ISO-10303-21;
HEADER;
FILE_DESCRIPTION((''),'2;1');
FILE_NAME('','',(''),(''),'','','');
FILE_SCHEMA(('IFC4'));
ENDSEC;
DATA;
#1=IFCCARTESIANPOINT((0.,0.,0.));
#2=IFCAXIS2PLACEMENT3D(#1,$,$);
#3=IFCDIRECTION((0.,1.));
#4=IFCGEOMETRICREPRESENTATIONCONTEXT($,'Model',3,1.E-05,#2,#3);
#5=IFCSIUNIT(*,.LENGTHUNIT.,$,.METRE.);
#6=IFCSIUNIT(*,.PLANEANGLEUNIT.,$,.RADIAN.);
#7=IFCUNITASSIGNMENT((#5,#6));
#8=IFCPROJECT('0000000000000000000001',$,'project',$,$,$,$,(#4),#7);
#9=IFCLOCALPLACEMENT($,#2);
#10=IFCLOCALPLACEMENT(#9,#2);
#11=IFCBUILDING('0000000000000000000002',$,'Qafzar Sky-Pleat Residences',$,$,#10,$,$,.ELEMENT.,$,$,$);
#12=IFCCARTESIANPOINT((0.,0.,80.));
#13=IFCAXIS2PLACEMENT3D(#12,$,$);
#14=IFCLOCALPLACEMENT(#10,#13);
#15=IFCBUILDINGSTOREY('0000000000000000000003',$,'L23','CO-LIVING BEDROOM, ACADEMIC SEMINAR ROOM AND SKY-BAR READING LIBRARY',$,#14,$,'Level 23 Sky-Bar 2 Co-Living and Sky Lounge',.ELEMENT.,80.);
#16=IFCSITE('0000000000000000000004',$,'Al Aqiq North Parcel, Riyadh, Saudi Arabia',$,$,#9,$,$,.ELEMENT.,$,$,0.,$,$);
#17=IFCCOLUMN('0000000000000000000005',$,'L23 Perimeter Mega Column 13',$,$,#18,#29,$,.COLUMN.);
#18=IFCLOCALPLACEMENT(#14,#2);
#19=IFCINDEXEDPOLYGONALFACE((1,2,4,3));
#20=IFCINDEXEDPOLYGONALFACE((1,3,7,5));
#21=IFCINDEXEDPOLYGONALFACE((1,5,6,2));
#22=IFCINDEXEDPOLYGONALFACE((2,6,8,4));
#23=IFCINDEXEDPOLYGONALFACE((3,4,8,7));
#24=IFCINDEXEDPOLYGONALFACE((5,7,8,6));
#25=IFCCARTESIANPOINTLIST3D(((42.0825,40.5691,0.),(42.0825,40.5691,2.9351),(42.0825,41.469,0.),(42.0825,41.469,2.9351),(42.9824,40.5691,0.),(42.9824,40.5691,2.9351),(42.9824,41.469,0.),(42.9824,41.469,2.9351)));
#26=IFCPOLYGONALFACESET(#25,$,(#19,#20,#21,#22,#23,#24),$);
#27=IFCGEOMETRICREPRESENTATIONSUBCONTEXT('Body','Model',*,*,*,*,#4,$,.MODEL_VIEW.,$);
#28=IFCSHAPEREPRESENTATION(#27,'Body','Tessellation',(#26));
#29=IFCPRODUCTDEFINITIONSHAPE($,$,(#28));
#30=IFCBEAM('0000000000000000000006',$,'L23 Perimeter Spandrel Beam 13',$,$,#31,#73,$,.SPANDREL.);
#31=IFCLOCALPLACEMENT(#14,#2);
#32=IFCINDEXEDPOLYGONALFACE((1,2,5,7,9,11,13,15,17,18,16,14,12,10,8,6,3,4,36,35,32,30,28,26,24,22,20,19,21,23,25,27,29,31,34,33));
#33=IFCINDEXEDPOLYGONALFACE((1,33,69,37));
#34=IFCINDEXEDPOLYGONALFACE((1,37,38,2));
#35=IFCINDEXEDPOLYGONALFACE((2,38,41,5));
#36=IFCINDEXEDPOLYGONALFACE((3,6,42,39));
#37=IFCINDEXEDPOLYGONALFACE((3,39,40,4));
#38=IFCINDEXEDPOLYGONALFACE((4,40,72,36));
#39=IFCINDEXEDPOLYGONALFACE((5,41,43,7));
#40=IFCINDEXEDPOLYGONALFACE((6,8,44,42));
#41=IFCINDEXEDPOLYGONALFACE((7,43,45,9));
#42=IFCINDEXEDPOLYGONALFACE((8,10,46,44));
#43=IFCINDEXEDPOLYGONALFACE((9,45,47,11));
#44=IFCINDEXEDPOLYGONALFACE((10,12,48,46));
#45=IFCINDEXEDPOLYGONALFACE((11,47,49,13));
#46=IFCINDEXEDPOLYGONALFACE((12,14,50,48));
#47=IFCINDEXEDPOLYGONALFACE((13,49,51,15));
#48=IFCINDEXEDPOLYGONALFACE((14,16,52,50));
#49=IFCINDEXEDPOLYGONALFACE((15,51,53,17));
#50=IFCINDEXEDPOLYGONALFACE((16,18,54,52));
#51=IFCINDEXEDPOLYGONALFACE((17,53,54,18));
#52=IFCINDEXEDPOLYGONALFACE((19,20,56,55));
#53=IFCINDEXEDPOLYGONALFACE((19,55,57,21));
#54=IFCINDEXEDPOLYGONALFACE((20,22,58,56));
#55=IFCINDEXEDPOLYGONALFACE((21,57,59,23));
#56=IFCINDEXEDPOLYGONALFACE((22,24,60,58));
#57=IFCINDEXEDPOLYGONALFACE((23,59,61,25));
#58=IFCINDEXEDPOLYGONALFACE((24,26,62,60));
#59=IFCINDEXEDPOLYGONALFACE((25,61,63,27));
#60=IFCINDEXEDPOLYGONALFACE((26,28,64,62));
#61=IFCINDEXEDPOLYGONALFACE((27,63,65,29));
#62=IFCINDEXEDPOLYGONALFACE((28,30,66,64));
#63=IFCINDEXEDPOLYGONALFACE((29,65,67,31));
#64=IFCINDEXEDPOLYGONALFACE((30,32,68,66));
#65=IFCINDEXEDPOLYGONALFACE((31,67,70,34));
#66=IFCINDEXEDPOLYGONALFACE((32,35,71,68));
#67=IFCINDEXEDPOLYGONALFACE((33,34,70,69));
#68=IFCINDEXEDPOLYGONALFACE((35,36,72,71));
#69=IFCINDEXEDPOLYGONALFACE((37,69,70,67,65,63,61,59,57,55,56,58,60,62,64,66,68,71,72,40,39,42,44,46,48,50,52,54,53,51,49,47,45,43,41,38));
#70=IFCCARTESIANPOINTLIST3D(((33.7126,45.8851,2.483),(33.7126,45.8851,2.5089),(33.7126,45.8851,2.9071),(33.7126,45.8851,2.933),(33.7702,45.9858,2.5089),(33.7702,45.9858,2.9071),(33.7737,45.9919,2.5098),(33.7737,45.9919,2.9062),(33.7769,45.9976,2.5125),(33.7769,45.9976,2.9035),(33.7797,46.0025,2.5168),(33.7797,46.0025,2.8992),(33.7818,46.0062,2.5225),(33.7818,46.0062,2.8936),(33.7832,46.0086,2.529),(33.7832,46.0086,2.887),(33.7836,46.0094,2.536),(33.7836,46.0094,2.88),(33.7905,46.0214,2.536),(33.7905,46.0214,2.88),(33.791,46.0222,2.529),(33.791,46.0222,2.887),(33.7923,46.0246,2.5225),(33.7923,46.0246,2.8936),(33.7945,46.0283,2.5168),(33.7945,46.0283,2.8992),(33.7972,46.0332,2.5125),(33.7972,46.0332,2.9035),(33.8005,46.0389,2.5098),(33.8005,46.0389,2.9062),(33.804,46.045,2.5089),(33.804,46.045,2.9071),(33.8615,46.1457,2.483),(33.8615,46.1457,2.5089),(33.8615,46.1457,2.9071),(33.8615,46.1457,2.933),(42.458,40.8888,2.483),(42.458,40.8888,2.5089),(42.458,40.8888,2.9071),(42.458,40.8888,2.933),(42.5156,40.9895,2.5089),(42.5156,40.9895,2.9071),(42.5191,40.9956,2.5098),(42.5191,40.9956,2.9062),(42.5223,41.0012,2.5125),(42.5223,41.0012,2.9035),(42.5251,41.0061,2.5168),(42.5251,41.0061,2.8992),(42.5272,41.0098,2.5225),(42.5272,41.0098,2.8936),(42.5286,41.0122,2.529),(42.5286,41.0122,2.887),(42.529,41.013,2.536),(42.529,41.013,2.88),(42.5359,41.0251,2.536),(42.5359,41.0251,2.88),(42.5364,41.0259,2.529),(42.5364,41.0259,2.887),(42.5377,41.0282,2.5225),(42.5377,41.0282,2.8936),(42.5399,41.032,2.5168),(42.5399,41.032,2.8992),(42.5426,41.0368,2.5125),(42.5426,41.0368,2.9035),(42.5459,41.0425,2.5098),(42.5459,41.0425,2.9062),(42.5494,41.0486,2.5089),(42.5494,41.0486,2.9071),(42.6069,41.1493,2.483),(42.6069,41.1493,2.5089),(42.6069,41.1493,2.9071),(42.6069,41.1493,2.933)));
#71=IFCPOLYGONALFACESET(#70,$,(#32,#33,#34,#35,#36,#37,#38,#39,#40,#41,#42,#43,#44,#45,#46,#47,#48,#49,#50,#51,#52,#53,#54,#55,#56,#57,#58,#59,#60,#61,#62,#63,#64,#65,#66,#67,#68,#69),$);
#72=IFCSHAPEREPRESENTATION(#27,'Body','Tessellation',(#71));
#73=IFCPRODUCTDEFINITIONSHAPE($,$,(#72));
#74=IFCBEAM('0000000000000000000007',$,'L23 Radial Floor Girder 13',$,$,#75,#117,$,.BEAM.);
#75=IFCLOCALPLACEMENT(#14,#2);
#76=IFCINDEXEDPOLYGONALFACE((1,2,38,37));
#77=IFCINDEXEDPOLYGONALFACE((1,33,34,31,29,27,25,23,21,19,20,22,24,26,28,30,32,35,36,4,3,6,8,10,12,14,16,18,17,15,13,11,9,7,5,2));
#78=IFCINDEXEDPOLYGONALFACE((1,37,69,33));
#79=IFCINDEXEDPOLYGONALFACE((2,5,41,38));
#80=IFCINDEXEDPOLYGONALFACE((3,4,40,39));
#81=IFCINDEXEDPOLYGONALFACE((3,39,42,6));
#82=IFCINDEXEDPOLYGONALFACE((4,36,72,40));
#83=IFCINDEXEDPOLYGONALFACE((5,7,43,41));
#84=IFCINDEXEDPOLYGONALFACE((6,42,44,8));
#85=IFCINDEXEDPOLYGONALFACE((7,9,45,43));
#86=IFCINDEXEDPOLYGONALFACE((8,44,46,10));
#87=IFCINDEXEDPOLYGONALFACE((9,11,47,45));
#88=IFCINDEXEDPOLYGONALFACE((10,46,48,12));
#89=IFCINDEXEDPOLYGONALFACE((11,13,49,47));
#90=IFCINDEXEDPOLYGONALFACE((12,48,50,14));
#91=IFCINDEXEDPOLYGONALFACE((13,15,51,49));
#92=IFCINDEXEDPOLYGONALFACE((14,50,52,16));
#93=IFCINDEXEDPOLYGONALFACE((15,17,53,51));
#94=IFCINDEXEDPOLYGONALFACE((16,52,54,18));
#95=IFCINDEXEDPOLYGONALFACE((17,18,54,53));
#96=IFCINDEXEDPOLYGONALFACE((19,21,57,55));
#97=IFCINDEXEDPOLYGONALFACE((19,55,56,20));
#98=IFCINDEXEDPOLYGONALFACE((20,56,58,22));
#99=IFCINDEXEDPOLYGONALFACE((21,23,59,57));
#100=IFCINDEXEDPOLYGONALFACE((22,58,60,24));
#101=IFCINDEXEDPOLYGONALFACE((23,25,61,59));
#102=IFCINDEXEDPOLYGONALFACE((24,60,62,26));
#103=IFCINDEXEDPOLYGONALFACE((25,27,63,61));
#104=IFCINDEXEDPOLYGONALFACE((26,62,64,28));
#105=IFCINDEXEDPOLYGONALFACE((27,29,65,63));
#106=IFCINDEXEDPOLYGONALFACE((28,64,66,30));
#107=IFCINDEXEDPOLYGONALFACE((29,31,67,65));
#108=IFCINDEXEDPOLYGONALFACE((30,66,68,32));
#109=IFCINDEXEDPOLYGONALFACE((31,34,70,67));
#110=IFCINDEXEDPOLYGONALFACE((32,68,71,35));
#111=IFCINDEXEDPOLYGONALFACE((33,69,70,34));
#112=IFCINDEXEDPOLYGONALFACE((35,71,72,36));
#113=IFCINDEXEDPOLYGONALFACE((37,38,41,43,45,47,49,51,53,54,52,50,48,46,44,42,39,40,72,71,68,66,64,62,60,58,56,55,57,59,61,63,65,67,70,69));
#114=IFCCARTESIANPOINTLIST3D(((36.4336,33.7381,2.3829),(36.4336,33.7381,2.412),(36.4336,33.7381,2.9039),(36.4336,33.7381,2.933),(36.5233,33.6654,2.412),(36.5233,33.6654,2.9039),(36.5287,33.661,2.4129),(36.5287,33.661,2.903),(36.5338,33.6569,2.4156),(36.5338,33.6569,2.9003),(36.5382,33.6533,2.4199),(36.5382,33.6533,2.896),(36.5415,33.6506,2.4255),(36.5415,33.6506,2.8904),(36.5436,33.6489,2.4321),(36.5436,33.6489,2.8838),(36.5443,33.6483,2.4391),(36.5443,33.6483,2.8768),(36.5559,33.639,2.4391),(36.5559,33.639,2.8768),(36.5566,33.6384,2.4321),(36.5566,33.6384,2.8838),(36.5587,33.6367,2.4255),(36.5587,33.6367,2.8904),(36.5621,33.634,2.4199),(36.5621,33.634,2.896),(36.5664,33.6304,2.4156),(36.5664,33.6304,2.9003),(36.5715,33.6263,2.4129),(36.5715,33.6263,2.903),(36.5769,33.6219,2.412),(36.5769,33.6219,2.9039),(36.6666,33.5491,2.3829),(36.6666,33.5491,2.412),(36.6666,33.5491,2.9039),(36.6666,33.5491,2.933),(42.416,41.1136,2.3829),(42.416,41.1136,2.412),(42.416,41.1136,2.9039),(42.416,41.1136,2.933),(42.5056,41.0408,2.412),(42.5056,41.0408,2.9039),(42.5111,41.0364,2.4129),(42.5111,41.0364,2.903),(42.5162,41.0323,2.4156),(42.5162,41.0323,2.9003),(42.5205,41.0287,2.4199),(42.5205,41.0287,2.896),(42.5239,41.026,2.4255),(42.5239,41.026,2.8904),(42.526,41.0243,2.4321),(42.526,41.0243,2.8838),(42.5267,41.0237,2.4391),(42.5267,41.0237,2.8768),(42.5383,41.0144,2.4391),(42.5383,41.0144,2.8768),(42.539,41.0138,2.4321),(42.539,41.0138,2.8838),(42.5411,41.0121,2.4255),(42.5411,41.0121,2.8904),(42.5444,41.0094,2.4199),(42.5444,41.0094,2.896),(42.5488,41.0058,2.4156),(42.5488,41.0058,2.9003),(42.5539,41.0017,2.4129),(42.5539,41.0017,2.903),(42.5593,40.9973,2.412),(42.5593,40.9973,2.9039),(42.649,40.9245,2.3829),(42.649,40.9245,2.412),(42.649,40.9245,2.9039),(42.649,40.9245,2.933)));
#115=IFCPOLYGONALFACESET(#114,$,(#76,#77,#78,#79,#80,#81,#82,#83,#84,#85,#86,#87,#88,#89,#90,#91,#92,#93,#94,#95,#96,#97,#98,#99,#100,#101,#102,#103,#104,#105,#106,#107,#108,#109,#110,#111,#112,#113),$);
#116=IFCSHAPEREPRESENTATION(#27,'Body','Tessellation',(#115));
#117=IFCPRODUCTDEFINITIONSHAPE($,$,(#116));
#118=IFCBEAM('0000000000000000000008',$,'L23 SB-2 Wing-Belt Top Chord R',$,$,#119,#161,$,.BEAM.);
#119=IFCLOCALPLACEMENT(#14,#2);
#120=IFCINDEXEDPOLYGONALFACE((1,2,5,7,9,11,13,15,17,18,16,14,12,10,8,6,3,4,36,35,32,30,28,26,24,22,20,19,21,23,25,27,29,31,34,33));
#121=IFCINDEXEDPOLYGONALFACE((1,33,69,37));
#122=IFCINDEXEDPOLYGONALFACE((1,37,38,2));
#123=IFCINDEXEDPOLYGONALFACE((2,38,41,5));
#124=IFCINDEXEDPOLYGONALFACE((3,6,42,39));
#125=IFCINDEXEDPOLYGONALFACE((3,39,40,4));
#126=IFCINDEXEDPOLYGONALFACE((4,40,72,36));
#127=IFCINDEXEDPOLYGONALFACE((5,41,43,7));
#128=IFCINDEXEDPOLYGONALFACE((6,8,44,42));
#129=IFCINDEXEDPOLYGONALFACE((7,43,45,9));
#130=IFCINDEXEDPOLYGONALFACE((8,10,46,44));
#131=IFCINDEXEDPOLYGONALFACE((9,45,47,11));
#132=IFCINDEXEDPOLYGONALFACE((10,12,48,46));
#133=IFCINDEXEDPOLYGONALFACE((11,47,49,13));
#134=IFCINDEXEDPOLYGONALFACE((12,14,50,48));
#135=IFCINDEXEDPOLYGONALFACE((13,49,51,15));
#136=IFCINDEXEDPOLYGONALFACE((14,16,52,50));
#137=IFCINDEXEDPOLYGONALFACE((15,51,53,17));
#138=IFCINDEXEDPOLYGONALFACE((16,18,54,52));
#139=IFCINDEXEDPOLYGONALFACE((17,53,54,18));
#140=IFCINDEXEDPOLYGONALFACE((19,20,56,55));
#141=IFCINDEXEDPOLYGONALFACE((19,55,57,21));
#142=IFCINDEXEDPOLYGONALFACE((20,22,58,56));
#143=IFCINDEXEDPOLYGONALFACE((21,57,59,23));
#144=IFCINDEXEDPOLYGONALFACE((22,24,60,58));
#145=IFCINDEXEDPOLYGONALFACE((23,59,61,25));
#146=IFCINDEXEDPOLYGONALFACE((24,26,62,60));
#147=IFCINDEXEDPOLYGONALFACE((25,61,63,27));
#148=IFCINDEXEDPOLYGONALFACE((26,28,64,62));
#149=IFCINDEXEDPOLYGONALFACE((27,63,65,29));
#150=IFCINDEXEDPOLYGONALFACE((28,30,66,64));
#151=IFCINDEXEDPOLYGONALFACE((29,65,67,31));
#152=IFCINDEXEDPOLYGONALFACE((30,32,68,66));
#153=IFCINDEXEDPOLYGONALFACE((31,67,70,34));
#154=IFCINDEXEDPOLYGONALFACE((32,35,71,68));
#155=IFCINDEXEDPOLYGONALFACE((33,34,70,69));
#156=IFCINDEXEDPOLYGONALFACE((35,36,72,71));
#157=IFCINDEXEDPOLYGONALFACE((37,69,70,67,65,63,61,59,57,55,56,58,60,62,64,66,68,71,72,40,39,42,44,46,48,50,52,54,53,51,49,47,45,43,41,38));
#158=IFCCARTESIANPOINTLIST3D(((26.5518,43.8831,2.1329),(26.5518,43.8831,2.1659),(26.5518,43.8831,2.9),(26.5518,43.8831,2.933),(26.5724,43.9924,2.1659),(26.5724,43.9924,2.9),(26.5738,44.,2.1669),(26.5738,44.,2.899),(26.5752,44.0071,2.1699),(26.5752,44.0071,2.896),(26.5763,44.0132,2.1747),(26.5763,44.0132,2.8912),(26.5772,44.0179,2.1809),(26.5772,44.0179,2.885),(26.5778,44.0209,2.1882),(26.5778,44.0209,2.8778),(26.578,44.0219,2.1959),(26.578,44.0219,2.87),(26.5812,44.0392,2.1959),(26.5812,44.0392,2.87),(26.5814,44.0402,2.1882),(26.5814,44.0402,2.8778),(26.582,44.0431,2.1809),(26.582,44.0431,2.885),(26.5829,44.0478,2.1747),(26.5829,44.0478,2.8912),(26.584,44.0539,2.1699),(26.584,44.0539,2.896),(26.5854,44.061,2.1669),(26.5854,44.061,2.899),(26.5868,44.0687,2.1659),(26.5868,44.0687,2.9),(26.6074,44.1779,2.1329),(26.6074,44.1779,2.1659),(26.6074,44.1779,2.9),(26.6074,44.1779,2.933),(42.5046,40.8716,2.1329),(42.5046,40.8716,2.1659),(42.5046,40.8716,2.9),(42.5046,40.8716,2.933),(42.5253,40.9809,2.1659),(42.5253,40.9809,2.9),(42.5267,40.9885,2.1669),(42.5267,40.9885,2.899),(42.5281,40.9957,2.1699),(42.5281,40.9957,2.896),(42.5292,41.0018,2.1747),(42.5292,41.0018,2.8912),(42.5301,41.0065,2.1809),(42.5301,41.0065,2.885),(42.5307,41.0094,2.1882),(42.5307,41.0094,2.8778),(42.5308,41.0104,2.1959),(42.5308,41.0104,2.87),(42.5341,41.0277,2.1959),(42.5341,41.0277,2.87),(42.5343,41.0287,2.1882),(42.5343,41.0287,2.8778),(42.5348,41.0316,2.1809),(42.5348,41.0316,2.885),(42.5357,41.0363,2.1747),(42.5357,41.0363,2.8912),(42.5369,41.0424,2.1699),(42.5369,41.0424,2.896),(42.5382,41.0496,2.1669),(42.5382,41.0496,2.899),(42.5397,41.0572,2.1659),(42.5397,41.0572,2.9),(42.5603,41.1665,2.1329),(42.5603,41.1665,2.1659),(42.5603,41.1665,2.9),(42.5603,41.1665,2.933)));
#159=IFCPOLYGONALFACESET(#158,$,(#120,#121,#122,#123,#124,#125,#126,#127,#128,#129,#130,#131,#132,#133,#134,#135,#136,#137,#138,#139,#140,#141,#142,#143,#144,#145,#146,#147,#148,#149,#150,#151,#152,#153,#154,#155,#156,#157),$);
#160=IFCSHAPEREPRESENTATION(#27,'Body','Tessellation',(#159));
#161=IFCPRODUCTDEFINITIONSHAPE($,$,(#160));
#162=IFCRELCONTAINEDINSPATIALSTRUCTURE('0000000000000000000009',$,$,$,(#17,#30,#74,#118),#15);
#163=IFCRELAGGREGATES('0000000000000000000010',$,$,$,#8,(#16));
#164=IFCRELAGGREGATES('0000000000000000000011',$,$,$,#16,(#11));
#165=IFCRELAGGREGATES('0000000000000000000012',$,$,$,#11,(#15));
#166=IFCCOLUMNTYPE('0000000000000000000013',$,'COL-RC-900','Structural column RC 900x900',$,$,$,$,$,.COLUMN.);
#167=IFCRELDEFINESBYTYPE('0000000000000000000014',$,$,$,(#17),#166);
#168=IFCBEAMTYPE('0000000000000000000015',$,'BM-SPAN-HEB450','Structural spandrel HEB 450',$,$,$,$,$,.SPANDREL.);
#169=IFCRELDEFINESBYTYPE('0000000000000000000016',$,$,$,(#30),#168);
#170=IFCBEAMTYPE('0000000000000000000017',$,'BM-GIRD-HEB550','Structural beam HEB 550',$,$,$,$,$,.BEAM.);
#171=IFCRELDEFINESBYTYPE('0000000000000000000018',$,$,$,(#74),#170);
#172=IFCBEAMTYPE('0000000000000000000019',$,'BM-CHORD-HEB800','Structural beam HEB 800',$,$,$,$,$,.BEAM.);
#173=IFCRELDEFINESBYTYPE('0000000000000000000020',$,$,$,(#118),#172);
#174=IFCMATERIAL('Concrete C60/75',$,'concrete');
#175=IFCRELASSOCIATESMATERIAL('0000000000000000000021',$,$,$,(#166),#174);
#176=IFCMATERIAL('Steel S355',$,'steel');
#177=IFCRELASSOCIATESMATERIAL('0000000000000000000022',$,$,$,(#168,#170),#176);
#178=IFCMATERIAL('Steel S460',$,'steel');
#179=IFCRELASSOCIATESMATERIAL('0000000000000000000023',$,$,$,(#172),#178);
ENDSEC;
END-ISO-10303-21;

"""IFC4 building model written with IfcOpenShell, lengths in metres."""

from ifc_helpers import new_model, si_unit, direction, frame, origin, origin_2d, place, context, subcontext, project, spatial, rectangle, i_section, extrude, source, transform, mapped, material, material_profile, profile_set, type_object, element, save


model = new_model("IFC4")

# Units and contexts
model_context = context("Model", 3, precision=1e-05, world=origin(), true_north=direction((0.0, 1.0)))
body_context = subcontext(model_context, "Body", "Model", "MODEL_VIEW")
ifc_project = project(units=[si_unit("LENGTHUNIT", "METRE"), si_unit("PLANEANGLEUNIT", "RADIAN")], contexts=[model_context])

# Site, building, storey
site_placement = place(None, origin())
site = spatial("IfcSite", under=ifc_project, at=site_placement, Name="Al Aqiq North Parcel, Riyadh, Saudi Arabia", CompositionType="ELEMENT", RefElevation=0.0)
building_placement = place(site_placement, origin())
building = spatial("IfcBuilding", under=site, at=building_placement, Name="Qafzar Sky-Pleat Residences", CompositionType="ELEMENT")
storey_placement = place(building_placement, frame((0.0, 0.0, 80.0)))
storey = spatial("IfcBuildingStorey", under=building, at=storey_placement, Name="L23", Description="CO-LIVING BEDROOM, ACADEMIC SEMINAR ROOM AND SKY-BAR READING LIBRARY", LongName="Level 23 Sky-Bar 2 Co-Living and Sky Lounge", CompositionType="ELEMENT", Elevation=80.0)

# Column
ifc_material_1 = material(Name="Concrete C60/75", Category="concrete")
ifc_material_profile_1 = material_profile(ifc_material_1, rectangle(XDim=0.8999, YDim=0.8999, at=origin_2d()), Name="RC 900x900")
ifc_profile_set_1 = profile_set([ifc_material_profile_1], Name="Concrete C60/75")
column_type = type_object("IfcColumnType", Name="COL-RC-900", Description="Structural column RC 900x900", PredefinedType="COLUMN", material=ifc_profile_set_1)
shared_shape_1 = source(origin(), body_context, "Body", "SweptSolid", [
    extrude(rectangle(XDim=0.8999, YDim=0.8999, at=origin_2d()), origin(), (0.0, 0.0, 1.0), 2.9351),
])
column_placement = place(storey_placement, frame((42.5325, 41.019, 0.0), z_axis=(0.0, 0.0, 1.0), x_axis=(1.0, 0.0, 0.0)))
element("IfcColumn", 1, at=column_placement, inside=storey, type_object=column_type, Name="L23 Perimeter Mega Column 13", PredefinedType="COLUMN", context=body_context, shape_type="MappedRepresentation", body=[
    mapped(shared_shape_1, transform((0.0, 0.0, 0.0), x_axis=(1.0, 0.0, 0.0), y_axis=(0.0, 1.0, 0.0), z_axis=(0.0, 0.0, 1.0), scale=1.0)),
])

# Beams
ifc_material_2 = material(Name="Steel S355", Category="steel")
ifc_material_profile_2 = material_profile(ifc_material_2, i_section(OverallWidth=0.3, OverallDepth=0.45, WebThickness=0.0139, FlangeThickness=0.0259, FilletRadius=0.0271, at=origin_2d()), Name="HEB 450")
ifc_profile_set_2 = profile_set([ifc_material_profile_2], Name="Steel S355")
beam_type_1 = type_object("IfcBeamType", Name="BM-SPAN-HEB450", Description="Structural spandrel HEB 450", PredefinedType="SPANDREL", material=ifc_profile_set_2)
shared_shape_2 = source(origin(), body_context, "Body", "SweptSolid", [
    extrude(i_section(OverallWidth=0.3, OverallDepth=0.45, WebThickness=0.0139, FlangeThickness=0.0259, FilletRadius=0.0271, at=origin_2d()), origin(), (0.0, 0.0, 1.0), 10.072),
])
beam_1_placement = place(storey_placement, frame((42.5325, 41.019, 2.708), z_axis=(-0.868286, 0.496063, 0.0), x_axis=(-0.496063, -0.868286, 0.0)))
element("IfcBeam", 2, at=beam_1_placement, inside=storey, type_object=beam_type_1, Name="L23 Perimeter Spandrel Beam 13", PredefinedType="SPANDREL", context=body_context, shape_type="MappedRepresentation", body=[
    mapped(shared_shape_2, transform((0.0, 0.0, 0.0), x_axis=(1.0, 0.0, 0.0), y_axis=(0.0, 1.0, 0.0), z_axis=(0.0, 0.0, 1.0), scale=1.0)),
])
ifc_material_profile_3 = material_profile(ifc_material_2, i_section(OverallWidth=0.3, OverallDepth=0.55, WebThickness=0.0149, FlangeThickness=0.0291, FilletRadius=0.0271, at=origin_2d()), Name="HEB 550")
ifc_profile_set_3 = profile_set([ifc_material_profile_3], Name="Steel S355")
beam_type_2 = type_object("IfcBeamType", Name="BM-GIRD-HEB550", Description="Structural beam HEB 550", PredefinedType="BEAM", material=ifc_profile_set_3)
shared_shape_3 = source(origin(), body_context, "Body", "SweptSolid", [
    extrude(i_section(OverallWidth=0.3, OverallDepth=0.55, WebThickness=0.0149, FlangeThickness=0.0291, FilletRadius=0.0271, at=origin_2d()), origin(), (0.0, 0.0, 1.0), 9.4966),
])
beam_2_placement = place(storey_placement, frame((42.5325, 41.019, 2.658), z_axis=(-0.629948, -0.776637, 0.0), x_axis=(0.776637, -0.629948, 0.0)))
element("IfcBeam", 3, at=beam_2_placement, inside=storey, type_object=beam_type_2, Name="L23 Radial Floor Girder 13", PredefinedType="BEAM", context=body_context, shape_type="MappedRepresentation", body=[
    mapped(shared_shape_3, transform((0.0, 0.0, 0.0), x_axis=(1.0, 0.0, 0.0), y_axis=(0.0, 1.0, 0.0), z_axis=(0.0, 0.0, 1.0), scale=1.0)),
])
ifc_material_3 = material(Name="Steel S460", Category="steel")
ifc_material_profile_4 = material_profile(ifc_material_3, i_section(OverallWidth=0.3, OverallDepth=0.8, WebThickness=0.0176, FlangeThickness=0.033, FilletRadius=0.03, at=origin_2d()), Name="HEB 800")
ifc_profile_set_4 = profile_set([ifc_material_profile_4], Name="Steel S460")
beam_type_3 = type_object("IfcBeamType", Name="BM-CHORD-HEB800", Description="Structural beam HEB 800", PredefinedType="BEAM", material=ifc_profile_set_4)
shared_shape_4 = source(origin(), body_context, "Body", "SweptSolid", [
    extrude(i_section(OverallWidth=0.3, OverallDepth=0.8, WebThickness=0.0176, FlangeThickness=0.033, FilletRadius=0.03, at=origin_2d()), origin(), (0.0, 0.0, 1.0), 16.2346),
])
beam_3_placement = place(storey_placement, frame((42.5325, 41.019, 2.533), z_axis=(-0.982645, 0.185497, 0.0), x_axis=(-0.185497, -0.982645, 0.0)))
element("IfcBeam", 4, at=beam_3_placement, inside=storey, type_object=beam_type_3, Name="L23 SB-2 Wing-Belt Top Chord R", PredefinedType="BEAM", context=body_context, shape_type="MappedRepresentation", body=[
    mapped(shared_shape_4, transform((0.0, 0.0, 0.0), x_axis=(1.0, 0.0, 0.0), y_axis=(0.0, 1.0, 0.0), z_axis=(0.0, 0.0, 1.0), scale=1.0)),
])

save(model, "model.ifc")
